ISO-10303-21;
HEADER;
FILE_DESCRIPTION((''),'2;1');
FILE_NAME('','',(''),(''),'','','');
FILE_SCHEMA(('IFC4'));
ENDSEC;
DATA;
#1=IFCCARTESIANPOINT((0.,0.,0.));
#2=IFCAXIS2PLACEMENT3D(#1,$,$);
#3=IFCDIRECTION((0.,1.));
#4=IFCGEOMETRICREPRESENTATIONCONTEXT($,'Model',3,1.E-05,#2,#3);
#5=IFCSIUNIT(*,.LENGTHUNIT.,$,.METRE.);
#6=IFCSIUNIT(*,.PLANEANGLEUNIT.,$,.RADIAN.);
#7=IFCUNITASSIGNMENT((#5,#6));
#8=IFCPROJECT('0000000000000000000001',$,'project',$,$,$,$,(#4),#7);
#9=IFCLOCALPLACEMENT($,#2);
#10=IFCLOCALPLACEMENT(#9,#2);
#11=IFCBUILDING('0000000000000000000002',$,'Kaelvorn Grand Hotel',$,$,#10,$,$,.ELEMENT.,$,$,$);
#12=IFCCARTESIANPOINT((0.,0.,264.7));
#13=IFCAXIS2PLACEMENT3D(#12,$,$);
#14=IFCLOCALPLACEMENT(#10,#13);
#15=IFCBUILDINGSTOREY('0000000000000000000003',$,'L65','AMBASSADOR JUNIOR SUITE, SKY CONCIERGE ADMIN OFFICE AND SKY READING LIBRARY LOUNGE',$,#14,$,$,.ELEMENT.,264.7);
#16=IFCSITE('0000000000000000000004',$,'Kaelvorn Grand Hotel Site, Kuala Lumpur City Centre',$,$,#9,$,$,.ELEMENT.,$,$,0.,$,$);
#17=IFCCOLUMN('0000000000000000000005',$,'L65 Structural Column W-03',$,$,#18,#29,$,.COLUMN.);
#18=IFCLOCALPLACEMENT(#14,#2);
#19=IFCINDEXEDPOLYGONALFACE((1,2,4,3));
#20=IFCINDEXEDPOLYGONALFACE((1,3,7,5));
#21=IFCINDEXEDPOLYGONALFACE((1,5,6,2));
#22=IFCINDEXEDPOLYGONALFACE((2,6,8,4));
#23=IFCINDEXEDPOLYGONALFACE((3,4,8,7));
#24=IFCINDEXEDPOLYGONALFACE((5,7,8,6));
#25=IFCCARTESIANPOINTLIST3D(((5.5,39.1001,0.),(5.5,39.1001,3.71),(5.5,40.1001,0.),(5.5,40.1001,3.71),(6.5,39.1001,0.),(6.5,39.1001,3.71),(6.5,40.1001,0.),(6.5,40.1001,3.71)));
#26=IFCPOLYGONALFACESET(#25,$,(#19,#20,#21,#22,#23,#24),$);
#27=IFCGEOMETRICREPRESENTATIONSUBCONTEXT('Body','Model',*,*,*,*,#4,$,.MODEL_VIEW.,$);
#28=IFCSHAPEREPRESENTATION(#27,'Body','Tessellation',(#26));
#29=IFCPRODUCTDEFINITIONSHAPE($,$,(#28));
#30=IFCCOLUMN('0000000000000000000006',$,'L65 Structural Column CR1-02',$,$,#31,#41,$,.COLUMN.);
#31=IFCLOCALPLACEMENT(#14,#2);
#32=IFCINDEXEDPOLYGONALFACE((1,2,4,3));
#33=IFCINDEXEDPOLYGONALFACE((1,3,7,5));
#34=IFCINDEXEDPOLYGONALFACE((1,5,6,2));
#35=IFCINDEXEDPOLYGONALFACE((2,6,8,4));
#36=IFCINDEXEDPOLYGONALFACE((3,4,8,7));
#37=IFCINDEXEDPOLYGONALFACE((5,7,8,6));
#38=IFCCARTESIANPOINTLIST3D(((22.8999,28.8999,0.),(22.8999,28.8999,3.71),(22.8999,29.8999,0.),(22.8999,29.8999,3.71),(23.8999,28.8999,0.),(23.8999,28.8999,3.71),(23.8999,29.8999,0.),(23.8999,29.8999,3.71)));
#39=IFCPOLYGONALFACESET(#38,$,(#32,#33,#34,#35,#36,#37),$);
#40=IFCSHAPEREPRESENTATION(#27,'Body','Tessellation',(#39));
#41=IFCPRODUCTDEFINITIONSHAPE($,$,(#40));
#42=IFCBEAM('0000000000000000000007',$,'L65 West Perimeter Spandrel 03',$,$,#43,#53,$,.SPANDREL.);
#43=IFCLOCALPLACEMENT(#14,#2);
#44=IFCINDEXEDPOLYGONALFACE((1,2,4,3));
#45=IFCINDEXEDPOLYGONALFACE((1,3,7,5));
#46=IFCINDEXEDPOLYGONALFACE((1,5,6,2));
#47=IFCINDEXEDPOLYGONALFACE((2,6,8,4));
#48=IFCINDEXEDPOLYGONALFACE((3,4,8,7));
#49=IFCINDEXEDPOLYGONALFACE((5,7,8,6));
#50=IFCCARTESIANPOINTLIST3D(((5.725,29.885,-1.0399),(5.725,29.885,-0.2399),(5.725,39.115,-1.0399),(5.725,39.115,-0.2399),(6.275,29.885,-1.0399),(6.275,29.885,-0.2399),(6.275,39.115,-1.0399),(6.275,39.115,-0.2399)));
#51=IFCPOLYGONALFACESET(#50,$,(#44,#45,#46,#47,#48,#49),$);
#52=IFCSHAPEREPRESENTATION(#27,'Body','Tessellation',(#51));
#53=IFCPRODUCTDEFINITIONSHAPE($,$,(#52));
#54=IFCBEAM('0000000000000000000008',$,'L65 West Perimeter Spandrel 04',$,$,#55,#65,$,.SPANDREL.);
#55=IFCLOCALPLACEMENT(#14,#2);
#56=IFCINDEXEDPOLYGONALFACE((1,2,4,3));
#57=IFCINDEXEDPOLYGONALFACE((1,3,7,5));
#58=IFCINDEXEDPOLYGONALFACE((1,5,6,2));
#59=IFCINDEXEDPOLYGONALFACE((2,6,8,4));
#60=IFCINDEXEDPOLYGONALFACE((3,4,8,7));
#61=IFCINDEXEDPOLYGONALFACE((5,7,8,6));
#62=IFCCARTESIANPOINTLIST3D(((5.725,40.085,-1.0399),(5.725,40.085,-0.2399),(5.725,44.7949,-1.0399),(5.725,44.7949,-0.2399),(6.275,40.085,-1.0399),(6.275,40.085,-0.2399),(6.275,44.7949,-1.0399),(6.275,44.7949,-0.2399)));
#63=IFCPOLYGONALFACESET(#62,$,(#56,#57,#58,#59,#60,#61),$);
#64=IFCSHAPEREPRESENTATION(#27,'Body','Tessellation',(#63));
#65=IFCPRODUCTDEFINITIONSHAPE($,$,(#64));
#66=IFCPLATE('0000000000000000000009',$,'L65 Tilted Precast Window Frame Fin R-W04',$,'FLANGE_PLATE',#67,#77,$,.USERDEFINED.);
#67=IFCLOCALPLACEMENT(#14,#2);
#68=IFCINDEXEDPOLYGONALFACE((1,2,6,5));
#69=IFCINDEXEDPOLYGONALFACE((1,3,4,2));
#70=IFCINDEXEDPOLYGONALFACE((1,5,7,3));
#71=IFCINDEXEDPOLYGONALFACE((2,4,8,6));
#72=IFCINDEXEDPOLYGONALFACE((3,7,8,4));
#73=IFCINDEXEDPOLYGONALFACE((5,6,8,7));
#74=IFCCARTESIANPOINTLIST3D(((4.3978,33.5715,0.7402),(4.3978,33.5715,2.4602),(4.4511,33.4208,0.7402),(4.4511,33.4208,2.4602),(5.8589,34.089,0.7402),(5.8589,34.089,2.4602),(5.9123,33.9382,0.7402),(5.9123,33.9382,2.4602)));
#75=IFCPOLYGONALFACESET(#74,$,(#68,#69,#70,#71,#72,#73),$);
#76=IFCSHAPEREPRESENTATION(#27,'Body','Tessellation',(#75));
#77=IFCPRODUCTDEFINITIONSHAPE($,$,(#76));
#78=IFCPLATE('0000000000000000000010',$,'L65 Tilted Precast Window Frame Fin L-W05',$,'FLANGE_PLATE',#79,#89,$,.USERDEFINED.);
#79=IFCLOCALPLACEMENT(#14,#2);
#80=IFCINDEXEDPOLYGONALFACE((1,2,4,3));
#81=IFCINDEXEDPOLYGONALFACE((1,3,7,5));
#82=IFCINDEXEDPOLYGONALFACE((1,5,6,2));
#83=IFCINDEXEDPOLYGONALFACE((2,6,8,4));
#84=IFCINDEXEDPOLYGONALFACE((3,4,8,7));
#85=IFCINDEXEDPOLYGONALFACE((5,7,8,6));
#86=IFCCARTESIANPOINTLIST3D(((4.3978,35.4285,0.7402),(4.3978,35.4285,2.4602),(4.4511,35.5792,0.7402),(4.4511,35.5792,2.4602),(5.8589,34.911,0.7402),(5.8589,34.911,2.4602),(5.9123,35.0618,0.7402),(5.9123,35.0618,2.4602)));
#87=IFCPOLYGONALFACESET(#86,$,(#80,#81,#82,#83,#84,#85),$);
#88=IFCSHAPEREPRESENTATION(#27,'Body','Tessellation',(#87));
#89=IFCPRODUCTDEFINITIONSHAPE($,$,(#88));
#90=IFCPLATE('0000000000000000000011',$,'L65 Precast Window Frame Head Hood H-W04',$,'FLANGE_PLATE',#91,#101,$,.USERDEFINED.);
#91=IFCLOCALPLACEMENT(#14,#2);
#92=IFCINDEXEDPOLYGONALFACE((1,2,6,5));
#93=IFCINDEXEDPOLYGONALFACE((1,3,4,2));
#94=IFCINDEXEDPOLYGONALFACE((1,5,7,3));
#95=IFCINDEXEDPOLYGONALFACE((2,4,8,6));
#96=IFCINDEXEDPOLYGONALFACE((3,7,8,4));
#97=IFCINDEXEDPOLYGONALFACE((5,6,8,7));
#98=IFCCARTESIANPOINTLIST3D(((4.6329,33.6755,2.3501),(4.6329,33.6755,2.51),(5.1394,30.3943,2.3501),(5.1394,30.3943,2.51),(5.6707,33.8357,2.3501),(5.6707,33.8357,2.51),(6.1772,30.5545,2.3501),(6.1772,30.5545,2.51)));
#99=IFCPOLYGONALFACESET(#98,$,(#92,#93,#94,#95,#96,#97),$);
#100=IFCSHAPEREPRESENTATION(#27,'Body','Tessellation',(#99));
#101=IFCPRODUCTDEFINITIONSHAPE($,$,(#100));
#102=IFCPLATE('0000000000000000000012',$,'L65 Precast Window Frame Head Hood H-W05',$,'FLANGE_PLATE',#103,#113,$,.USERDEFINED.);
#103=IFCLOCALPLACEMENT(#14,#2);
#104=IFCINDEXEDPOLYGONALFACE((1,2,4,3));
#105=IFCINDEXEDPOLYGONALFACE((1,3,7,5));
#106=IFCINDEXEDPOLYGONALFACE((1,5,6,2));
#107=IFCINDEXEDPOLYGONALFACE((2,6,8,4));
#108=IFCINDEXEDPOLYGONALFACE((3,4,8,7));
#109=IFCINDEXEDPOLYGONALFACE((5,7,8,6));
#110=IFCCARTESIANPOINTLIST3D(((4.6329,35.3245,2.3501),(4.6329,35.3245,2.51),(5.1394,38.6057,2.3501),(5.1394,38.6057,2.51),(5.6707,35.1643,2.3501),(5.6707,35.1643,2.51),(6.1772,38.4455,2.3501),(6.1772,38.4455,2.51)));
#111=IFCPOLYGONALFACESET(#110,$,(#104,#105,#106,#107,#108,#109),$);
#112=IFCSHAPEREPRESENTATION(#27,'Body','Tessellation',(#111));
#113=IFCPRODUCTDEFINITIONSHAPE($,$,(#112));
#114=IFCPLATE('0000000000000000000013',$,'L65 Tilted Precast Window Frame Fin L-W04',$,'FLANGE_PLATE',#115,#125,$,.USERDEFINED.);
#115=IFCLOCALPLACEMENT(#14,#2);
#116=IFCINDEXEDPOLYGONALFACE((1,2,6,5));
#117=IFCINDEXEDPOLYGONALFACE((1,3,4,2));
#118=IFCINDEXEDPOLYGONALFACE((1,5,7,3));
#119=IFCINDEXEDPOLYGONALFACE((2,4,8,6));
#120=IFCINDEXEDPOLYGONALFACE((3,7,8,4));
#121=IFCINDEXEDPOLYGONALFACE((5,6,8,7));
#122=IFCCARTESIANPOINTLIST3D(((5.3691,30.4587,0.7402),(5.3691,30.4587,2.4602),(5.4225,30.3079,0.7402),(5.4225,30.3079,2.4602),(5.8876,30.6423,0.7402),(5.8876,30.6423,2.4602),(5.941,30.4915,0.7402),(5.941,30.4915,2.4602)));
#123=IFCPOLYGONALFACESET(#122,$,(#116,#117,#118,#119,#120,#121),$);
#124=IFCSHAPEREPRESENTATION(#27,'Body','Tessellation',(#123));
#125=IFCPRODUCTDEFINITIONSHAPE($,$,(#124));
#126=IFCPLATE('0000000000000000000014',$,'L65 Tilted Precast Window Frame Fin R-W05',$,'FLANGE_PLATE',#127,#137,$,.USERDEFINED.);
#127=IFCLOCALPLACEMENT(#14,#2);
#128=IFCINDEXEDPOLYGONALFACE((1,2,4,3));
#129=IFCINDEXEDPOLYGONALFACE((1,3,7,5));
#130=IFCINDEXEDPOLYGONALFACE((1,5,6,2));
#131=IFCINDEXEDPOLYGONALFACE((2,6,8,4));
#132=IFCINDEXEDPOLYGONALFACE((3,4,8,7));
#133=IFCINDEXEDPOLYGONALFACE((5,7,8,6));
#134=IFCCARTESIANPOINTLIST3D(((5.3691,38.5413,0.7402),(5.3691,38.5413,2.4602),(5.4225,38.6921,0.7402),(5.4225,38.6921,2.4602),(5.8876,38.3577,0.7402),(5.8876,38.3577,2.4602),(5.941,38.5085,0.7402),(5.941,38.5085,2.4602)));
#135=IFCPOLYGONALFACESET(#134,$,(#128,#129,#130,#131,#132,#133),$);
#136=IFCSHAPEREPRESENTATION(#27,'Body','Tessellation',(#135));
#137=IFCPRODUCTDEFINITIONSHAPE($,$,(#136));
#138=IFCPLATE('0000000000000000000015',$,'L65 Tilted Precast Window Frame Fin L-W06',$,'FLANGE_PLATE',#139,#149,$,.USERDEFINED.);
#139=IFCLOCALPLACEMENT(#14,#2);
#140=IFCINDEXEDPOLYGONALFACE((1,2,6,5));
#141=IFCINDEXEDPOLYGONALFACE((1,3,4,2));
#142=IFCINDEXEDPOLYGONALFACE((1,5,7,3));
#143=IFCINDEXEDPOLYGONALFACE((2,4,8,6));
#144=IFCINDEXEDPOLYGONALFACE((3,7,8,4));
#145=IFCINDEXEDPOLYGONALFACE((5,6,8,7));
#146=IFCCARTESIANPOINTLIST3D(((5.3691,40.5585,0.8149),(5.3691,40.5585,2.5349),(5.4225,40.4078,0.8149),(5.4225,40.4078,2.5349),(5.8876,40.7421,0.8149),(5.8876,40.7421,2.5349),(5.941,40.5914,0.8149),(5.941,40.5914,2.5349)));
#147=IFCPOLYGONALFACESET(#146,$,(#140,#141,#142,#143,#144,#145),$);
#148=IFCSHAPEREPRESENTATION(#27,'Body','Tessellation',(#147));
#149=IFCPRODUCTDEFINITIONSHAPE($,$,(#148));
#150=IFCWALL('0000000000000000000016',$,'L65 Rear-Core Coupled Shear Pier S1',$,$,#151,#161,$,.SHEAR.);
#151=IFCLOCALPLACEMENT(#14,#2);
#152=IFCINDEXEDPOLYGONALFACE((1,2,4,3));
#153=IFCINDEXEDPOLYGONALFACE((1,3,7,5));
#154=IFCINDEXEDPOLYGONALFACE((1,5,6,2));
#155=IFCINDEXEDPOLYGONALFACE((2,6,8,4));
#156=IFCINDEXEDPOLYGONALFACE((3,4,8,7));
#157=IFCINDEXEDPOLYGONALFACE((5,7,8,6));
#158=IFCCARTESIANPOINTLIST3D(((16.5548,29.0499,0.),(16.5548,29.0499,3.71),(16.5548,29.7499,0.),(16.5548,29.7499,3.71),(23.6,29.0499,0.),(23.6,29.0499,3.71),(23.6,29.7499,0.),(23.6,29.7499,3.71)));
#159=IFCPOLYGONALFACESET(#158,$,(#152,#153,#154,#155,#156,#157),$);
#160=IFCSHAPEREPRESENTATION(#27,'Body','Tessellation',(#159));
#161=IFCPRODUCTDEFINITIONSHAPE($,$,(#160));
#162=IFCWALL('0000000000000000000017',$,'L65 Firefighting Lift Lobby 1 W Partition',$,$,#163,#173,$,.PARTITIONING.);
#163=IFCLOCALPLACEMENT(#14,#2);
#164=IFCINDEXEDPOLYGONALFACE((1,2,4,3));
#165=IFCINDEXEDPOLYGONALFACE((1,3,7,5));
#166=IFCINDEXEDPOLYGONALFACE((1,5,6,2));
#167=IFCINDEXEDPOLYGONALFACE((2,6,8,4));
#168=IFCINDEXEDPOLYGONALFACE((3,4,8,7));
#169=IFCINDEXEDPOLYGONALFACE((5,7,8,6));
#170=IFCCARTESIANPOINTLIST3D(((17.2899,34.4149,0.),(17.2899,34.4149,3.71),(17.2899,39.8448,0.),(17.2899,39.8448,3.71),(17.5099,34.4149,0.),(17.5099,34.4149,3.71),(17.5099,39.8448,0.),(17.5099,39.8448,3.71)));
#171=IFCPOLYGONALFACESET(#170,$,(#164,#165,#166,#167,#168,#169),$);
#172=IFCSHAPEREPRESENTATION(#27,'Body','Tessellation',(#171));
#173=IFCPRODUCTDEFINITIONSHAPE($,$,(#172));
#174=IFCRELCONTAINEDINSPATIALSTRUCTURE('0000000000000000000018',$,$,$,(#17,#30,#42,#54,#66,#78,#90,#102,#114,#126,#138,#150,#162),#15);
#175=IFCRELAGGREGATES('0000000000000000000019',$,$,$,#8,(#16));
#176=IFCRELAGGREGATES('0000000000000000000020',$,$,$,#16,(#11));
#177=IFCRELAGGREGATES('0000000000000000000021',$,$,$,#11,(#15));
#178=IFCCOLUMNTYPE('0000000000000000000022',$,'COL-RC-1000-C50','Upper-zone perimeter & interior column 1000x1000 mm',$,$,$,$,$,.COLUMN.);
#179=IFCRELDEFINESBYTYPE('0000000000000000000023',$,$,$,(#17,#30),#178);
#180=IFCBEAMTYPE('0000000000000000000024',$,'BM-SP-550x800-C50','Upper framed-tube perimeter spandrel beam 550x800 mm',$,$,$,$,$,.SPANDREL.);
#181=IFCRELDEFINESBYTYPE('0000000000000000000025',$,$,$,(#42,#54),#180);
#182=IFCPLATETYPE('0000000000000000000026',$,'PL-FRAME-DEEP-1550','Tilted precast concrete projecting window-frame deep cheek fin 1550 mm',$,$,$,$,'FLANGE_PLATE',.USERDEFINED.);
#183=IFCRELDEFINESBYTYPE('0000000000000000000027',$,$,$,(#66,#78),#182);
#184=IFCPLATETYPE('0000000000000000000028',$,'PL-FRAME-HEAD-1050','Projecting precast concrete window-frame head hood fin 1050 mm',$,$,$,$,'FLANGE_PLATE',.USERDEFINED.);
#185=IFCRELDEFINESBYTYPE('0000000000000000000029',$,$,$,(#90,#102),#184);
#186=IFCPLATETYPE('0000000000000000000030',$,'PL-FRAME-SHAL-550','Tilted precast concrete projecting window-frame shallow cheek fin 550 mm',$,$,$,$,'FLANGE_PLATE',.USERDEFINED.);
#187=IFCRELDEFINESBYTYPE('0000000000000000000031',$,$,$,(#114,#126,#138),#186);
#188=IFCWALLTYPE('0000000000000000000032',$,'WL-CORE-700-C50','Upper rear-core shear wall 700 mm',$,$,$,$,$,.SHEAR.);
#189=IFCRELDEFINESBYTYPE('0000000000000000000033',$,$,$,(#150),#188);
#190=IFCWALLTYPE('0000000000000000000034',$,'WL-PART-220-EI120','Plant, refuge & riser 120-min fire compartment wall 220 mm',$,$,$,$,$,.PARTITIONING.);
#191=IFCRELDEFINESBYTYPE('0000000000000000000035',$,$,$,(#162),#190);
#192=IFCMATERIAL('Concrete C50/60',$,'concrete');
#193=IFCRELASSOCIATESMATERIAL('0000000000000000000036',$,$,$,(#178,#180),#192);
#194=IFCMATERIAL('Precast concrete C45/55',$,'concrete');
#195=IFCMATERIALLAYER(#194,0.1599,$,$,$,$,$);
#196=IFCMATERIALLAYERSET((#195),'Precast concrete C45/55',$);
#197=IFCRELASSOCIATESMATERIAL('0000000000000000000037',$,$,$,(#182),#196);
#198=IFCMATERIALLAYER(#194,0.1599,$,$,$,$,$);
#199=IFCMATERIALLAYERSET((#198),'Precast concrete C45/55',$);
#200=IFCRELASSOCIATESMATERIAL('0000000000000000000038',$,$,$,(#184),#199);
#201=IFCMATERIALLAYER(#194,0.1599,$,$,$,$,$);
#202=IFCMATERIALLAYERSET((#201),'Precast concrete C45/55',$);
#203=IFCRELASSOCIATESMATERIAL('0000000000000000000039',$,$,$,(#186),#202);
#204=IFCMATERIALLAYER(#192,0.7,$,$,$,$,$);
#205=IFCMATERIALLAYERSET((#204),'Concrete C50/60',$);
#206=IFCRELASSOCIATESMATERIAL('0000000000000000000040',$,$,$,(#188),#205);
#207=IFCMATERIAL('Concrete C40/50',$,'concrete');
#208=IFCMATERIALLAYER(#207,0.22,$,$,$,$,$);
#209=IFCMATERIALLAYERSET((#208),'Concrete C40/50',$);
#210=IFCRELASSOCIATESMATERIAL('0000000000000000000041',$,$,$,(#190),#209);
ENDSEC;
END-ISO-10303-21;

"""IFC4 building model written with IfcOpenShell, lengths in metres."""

from ifc_helpers import new_model, si_unit, direction, frame, frame_2d, origin, origin_2d, place, context, subcontext, project, spatial, rectangle, extrude, material, layer, layer_set, material_profile, profile_set, type_object, element, save


model = new_model("IFC4")

# Units and contexts
model_context = context("Model", 3, precision=1e-05, world=origin(), true_north=direction((0.0, 1.0)))
body_context = subcontext(model_context, "Body", "Model", "MODEL_VIEW")
ifc_project = project(units=[si_unit("LENGTHUNIT", "METRE"), si_unit("PLANEANGLEUNIT", "RADIAN")], contexts=[model_context])

# Site, building, storey
site_placement = place(None, origin())
site = spatial("IfcSite", under=ifc_project, at=site_placement, Name="Kaelvorn Grand Hotel Site, Kuala Lumpur City Centre", CompositionType="ELEMENT", RefElevation=0.0)
building_placement = place(site_placement, origin())
building = spatial("IfcBuilding", under=site, at=building_placement, Name="Kaelvorn Grand Hotel", CompositionType="ELEMENT")
storey_placement = place(building_placement, frame((0.0, 0.0, 264.7)))
storey = spatial("IfcBuildingStorey", under=building, at=storey_placement, Name="L65", Description="AMBASSADOR JUNIOR SUITE, SKY CONCIERGE ADMIN OFFICE AND SKY READING LIBRARY LOUNGE", CompositionType="ELEMENT", Elevation=264.7)

# Columns
ifc_material_1 = material(Name="Concrete C50/60", Category="concrete")
ifc_material_profile_1 = material_profile(ifc_material_1, rectangle(XDim=1.0, YDim=1.0, at=origin_2d()), Name="RC COL 1000x1000")
ifc_profile_set_1 = profile_set([ifc_material_profile_1], Name="Concrete C50/60")
column_type = type_object("IfcColumnType", Name="COL-RC-1000-C50", Description="Upper-zone perimeter & interior column 1000x1000 mm", PredefinedType="COLUMN", material=ifc_profile_set_1)
for number, where, z_axis, x_axis, name in (
    (1, (6.0, 39.6001, 0.0), (0.0, 0.0, 1.0), (1.0, 0.0, 0.0), "L65 Structural Column W-03"),
    (2, (23.3999, 29.3999, 0.0), (0.0, 0.0, 1.0), (1.0, 0.0, 0.0), "L65 Structural Column CR1-02"),
):
    element("IfcColumn", number, at=place(storey_placement, frame(where, z_axis=z_axis, x_axis=x_axis)), inside=storey, type_object=column_type, Name=name, PredefinedType="COLUMN", context=body_context, shape_type="SweptSolid", body=[
        extrude(rectangle(XDim=1.0, YDim=1.0, at=origin_2d()), origin(), (0.0, 0.0, 1.0), 3.71),
    ])

# Beams
ifc_material_profile_2 = material_profile(ifc_material_1, rectangle(XDim=0.55, YDim=0.8, at=origin_2d()), Name="RC SPANDREL 550x800")
ifc_profile_set_2 = profile_set([ifc_material_profile_2], Name="Concrete C50/60")
beam_type = type_object("IfcBeamType", Name="BM-SP-550x800-C50", Description="Upper framed-tube perimeter spandrel beam 550x800 mm", PredefinedType="SPANDREL", material=ifc_profile_set_2)
beam_1_placement = place(storey_placement, frame((6.0, 29.885, -0.6399), z_axis=(0.0, 1.0, 0.0), x_axis=(-1.0, 0.0, 0.0)))
element("IfcBeam", 3, at=beam_1_placement, inside=storey, type_object=beam_type, Name="L65 West Perimeter Spandrel 03", PredefinedType="SPANDREL", context=body_context, shape_type="SweptSolid", body=[
    extrude(rectangle(XDim=0.55, YDim=0.8, at=origin_2d()), origin(), (0.0, 0.0, 1.0), 9.23),
])
beam_2_placement = place(storey_placement, frame((6.0, 40.085, -0.6399), z_axis=(0.0, 1.0, 0.0), x_axis=(-1.0, 0.0, 0.0)))
element("IfcBeam", 4, at=beam_2_placement, inside=storey, type_object=beam_type, Name="L65 West Perimeter Spandrel 04", PredefinedType="SPANDREL", context=body_context, shape_type="SweptSolid", body=[
    extrude(rectangle(XDim=0.55, YDim=0.8, at=origin_2d()), origin(), (0.0, 0.0, 1.0), 4.71),
])

# Plates
ifc_material_2 = material(Name="Precast concrete C45/55", Category="concrete")
ifc_layer_1 = layer(ifc_material_2, 0.1599)
ifc_layer_set_1 = layer_set([ifc_layer_1], Name="Precast concrete C45/55")
plate_type_1 = type_object("IfcPlateType", Name="PL-FRAME-DEEP-1550", Description="Tilted precast concrete projecting window-frame deep cheek fin 1550 mm", ElementType="FLANGE_PLATE", PredefinedType="USERDEFINED", material=ifc_layer_set_1)
for number, where, z_axis, x_axis, name in (
    (5, (5.155, 33.7549, 0.7402), (0.0, 0.0, 1.0), (-0.333807, 0.942641, 0.0), "L65 Tilted Precast Window Frame Fin R-W04"),
    (6, (5.155, 35.2451, 0.7402), (0.0, 0.0, 1.0), (0.333807, 0.942641, 0.0), "L65 Tilted Precast Window Frame Fin L-W05"),
):
    element("IfcPlate", number, at=place(storey_placement, frame(where, z_axis=z_axis, x_axis=x_axis)), inside=storey, type_object=plate_type_1, Name=name, ObjectType="FLANGE_PLATE", PredefinedType="USERDEFINED", context=body_context, shape_type="SweptSolid", body=[
        extrude(rectangle(XDim=0.1599, YDim=1.55, at=origin_2d()), origin(), (0.0, 0.0, 1.0), 1.72),
    ])
ifc_layer_2 = layer(ifc_material_2, 0.1599)
ifc_layer_set_2 = layer_set([ifc_layer_2], Name="Precast concrete C45/55")
plate_type_2 = type_object("IfcPlateType", Name="PL-FRAME-HEAD-1050", Description="Projecting precast concrete window-frame head hood fin 1050 mm", ElementType="FLANGE_PLATE", PredefinedType="USERDEFINED", material=ifc_layer_set_2)
for number, where, z_axis, x_axis, name in (
    (7, (5.405, 32.115, 2.3501), (0.0, 0.0, 1.0), (-0.152555, 0.988295, 0.0), "L65 Precast Window Frame Head Hood H-W04"),
    (8, (5.405, 36.885, 2.3501), (0.0, 0.0, 1.0), (0.152555, 0.988295, 0.0), "L65 Precast Window Frame Head Hood H-W05"),
):
    element("IfcPlate", number, at=place(storey_placement, frame(where, z_axis=z_axis, x_axis=x_axis)), inside=storey, type_object=plate_type_2, Name=name, ObjectType="FLANGE_PLATE", PredefinedType="USERDEFINED", context=body_context, shape_type="SweptSolid", body=[
        extrude(rectangle(XDim=3.3201, YDim=1.05, at=origin_2d()), origin(), (0.0, 0.0, 1.0), 0.1599),
    ])
ifc_layer_3 = layer(ifc_material_2, 0.1599)
ifc_layer_set_3 = layer_set([ifc_layer_3], Name="Precast concrete C45/55")
plate_type_3 = type_object("IfcPlateType", Name="PL-FRAME-SHAL-550", Description="Tilted precast concrete projecting window-frame shallow cheek fin 550 mm", ElementType="FLANGE_PLATE", PredefinedType="USERDEFINED", material=ifc_layer_set_3)
for number, where, z_axis, x_axis, name in (
    (9, (5.655, 30.4751, 0.7402), (0.0, 0.0, 1.0), (-0.333807, 0.942641, 0.0), "L65 Tilted Precast Window Frame Fin L-W04"),
    (10, (5.655, 38.5249, 0.7402), (0.0, 0.0, 1.0), (0.333807, 0.942641, 0.0), "L65 Tilted Precast Window Frame Fin R-W05"),
    (11, (5.655, 40.575, 0.8149), (0.0, 0.0, 1.0), (-0.333807, 0.942641, 0.0), "L65 Tilted Precast Window Frame Fin L-W06"),
):
    element("IfcPlate", number, at=place(storey_placement, frame(where, z_axis=z_axis, x_axis=x_axis)), inside=storey, type_object=plate_type_3, Name=name, ObjectType="FLANGE_PLATE", PredefinedType="USERDEFINED", context=body_context, shape_type="SweptSolid", body=[
        extrude(rectangle(XDim=0.1599, YDim=0.55, at=origin_2d()), origin(), (0.0, 0.0, 1.0), 1.72),
    ])

# Wall
ifc_layer_4 = layer(ifc_material_1, 0.7)
ifc_layer_set_4 = layer_set([ifc_layer_4], Name="Concrete C50/60")
wall_type_1 = type_object("IfcWallType", Name="WL-CORE-700-C50", Description="Upper rear-core shear wall 700 mm", PredefinedType="SHEAR", material=ifc_layer_set_4)
wall_1_placement = place(storey_placement, frame((16.5549, 29.3999, 0.0), z_axis=(0.0, 0.0, 1.0), x_axis=(1.0, 0.0, 0.0)))
element("IfcWall", 12, at=wall_1_placement, inside=storey, type_object=wall_type_1, Name="L65 Rear-Core Coupled Shear Pier S1", PredefinedType="SHEAR", context=body_context, shape_type="SweptSolid", body=[
    extrude(rectangle(XDim=7.0452, YDim=0.7, at=frame_2d((3.5225, 0.0))), origin(), (0.0, 0.0, 1.0), 3.71),
])

# Shared definitions
ifc_material_3 = material(Name="Concrete C40/50", Category="concrete")
ifc_layer_5 = layer(ifc_material_3, 0.22)
ifc_layer_set_5 = layer_set([ifc_layer_5], Name="Concrete C40/50")
wall_type_2 = type_object("IfcWallType", Name="WL-PART-220-EI120", Description="Plant, refuge & riser 120-min fire compartment wall 220 mm", PredefinedType="PARTITIONING", material=ifc_layer_set_5)

# Wall
wall_2_placement = place(storey_placement, frame((17.3999, 34.415, 0.0), z_axis=(0.0, 0.0, 1.0), x_axis=(0.0, 1.0, 0.0)))
element("IfcWall", 13, at=wall_2_placement, inside=storey, type_object=wall_type_2, Name="L65 Firefighting Lift Lobby 1 W Partition", PredefinedType="PARTITIONING", context=body_context, shape_type="SweptSolid", body=[
    extrude(rectangle(XDim=5.4299, YDim=0.22, at=frame_2d((2.7148, 0.0))), origin(), (0.0, 0.0, 1.0), 3.71),
])

save(model, "model.ifc")
